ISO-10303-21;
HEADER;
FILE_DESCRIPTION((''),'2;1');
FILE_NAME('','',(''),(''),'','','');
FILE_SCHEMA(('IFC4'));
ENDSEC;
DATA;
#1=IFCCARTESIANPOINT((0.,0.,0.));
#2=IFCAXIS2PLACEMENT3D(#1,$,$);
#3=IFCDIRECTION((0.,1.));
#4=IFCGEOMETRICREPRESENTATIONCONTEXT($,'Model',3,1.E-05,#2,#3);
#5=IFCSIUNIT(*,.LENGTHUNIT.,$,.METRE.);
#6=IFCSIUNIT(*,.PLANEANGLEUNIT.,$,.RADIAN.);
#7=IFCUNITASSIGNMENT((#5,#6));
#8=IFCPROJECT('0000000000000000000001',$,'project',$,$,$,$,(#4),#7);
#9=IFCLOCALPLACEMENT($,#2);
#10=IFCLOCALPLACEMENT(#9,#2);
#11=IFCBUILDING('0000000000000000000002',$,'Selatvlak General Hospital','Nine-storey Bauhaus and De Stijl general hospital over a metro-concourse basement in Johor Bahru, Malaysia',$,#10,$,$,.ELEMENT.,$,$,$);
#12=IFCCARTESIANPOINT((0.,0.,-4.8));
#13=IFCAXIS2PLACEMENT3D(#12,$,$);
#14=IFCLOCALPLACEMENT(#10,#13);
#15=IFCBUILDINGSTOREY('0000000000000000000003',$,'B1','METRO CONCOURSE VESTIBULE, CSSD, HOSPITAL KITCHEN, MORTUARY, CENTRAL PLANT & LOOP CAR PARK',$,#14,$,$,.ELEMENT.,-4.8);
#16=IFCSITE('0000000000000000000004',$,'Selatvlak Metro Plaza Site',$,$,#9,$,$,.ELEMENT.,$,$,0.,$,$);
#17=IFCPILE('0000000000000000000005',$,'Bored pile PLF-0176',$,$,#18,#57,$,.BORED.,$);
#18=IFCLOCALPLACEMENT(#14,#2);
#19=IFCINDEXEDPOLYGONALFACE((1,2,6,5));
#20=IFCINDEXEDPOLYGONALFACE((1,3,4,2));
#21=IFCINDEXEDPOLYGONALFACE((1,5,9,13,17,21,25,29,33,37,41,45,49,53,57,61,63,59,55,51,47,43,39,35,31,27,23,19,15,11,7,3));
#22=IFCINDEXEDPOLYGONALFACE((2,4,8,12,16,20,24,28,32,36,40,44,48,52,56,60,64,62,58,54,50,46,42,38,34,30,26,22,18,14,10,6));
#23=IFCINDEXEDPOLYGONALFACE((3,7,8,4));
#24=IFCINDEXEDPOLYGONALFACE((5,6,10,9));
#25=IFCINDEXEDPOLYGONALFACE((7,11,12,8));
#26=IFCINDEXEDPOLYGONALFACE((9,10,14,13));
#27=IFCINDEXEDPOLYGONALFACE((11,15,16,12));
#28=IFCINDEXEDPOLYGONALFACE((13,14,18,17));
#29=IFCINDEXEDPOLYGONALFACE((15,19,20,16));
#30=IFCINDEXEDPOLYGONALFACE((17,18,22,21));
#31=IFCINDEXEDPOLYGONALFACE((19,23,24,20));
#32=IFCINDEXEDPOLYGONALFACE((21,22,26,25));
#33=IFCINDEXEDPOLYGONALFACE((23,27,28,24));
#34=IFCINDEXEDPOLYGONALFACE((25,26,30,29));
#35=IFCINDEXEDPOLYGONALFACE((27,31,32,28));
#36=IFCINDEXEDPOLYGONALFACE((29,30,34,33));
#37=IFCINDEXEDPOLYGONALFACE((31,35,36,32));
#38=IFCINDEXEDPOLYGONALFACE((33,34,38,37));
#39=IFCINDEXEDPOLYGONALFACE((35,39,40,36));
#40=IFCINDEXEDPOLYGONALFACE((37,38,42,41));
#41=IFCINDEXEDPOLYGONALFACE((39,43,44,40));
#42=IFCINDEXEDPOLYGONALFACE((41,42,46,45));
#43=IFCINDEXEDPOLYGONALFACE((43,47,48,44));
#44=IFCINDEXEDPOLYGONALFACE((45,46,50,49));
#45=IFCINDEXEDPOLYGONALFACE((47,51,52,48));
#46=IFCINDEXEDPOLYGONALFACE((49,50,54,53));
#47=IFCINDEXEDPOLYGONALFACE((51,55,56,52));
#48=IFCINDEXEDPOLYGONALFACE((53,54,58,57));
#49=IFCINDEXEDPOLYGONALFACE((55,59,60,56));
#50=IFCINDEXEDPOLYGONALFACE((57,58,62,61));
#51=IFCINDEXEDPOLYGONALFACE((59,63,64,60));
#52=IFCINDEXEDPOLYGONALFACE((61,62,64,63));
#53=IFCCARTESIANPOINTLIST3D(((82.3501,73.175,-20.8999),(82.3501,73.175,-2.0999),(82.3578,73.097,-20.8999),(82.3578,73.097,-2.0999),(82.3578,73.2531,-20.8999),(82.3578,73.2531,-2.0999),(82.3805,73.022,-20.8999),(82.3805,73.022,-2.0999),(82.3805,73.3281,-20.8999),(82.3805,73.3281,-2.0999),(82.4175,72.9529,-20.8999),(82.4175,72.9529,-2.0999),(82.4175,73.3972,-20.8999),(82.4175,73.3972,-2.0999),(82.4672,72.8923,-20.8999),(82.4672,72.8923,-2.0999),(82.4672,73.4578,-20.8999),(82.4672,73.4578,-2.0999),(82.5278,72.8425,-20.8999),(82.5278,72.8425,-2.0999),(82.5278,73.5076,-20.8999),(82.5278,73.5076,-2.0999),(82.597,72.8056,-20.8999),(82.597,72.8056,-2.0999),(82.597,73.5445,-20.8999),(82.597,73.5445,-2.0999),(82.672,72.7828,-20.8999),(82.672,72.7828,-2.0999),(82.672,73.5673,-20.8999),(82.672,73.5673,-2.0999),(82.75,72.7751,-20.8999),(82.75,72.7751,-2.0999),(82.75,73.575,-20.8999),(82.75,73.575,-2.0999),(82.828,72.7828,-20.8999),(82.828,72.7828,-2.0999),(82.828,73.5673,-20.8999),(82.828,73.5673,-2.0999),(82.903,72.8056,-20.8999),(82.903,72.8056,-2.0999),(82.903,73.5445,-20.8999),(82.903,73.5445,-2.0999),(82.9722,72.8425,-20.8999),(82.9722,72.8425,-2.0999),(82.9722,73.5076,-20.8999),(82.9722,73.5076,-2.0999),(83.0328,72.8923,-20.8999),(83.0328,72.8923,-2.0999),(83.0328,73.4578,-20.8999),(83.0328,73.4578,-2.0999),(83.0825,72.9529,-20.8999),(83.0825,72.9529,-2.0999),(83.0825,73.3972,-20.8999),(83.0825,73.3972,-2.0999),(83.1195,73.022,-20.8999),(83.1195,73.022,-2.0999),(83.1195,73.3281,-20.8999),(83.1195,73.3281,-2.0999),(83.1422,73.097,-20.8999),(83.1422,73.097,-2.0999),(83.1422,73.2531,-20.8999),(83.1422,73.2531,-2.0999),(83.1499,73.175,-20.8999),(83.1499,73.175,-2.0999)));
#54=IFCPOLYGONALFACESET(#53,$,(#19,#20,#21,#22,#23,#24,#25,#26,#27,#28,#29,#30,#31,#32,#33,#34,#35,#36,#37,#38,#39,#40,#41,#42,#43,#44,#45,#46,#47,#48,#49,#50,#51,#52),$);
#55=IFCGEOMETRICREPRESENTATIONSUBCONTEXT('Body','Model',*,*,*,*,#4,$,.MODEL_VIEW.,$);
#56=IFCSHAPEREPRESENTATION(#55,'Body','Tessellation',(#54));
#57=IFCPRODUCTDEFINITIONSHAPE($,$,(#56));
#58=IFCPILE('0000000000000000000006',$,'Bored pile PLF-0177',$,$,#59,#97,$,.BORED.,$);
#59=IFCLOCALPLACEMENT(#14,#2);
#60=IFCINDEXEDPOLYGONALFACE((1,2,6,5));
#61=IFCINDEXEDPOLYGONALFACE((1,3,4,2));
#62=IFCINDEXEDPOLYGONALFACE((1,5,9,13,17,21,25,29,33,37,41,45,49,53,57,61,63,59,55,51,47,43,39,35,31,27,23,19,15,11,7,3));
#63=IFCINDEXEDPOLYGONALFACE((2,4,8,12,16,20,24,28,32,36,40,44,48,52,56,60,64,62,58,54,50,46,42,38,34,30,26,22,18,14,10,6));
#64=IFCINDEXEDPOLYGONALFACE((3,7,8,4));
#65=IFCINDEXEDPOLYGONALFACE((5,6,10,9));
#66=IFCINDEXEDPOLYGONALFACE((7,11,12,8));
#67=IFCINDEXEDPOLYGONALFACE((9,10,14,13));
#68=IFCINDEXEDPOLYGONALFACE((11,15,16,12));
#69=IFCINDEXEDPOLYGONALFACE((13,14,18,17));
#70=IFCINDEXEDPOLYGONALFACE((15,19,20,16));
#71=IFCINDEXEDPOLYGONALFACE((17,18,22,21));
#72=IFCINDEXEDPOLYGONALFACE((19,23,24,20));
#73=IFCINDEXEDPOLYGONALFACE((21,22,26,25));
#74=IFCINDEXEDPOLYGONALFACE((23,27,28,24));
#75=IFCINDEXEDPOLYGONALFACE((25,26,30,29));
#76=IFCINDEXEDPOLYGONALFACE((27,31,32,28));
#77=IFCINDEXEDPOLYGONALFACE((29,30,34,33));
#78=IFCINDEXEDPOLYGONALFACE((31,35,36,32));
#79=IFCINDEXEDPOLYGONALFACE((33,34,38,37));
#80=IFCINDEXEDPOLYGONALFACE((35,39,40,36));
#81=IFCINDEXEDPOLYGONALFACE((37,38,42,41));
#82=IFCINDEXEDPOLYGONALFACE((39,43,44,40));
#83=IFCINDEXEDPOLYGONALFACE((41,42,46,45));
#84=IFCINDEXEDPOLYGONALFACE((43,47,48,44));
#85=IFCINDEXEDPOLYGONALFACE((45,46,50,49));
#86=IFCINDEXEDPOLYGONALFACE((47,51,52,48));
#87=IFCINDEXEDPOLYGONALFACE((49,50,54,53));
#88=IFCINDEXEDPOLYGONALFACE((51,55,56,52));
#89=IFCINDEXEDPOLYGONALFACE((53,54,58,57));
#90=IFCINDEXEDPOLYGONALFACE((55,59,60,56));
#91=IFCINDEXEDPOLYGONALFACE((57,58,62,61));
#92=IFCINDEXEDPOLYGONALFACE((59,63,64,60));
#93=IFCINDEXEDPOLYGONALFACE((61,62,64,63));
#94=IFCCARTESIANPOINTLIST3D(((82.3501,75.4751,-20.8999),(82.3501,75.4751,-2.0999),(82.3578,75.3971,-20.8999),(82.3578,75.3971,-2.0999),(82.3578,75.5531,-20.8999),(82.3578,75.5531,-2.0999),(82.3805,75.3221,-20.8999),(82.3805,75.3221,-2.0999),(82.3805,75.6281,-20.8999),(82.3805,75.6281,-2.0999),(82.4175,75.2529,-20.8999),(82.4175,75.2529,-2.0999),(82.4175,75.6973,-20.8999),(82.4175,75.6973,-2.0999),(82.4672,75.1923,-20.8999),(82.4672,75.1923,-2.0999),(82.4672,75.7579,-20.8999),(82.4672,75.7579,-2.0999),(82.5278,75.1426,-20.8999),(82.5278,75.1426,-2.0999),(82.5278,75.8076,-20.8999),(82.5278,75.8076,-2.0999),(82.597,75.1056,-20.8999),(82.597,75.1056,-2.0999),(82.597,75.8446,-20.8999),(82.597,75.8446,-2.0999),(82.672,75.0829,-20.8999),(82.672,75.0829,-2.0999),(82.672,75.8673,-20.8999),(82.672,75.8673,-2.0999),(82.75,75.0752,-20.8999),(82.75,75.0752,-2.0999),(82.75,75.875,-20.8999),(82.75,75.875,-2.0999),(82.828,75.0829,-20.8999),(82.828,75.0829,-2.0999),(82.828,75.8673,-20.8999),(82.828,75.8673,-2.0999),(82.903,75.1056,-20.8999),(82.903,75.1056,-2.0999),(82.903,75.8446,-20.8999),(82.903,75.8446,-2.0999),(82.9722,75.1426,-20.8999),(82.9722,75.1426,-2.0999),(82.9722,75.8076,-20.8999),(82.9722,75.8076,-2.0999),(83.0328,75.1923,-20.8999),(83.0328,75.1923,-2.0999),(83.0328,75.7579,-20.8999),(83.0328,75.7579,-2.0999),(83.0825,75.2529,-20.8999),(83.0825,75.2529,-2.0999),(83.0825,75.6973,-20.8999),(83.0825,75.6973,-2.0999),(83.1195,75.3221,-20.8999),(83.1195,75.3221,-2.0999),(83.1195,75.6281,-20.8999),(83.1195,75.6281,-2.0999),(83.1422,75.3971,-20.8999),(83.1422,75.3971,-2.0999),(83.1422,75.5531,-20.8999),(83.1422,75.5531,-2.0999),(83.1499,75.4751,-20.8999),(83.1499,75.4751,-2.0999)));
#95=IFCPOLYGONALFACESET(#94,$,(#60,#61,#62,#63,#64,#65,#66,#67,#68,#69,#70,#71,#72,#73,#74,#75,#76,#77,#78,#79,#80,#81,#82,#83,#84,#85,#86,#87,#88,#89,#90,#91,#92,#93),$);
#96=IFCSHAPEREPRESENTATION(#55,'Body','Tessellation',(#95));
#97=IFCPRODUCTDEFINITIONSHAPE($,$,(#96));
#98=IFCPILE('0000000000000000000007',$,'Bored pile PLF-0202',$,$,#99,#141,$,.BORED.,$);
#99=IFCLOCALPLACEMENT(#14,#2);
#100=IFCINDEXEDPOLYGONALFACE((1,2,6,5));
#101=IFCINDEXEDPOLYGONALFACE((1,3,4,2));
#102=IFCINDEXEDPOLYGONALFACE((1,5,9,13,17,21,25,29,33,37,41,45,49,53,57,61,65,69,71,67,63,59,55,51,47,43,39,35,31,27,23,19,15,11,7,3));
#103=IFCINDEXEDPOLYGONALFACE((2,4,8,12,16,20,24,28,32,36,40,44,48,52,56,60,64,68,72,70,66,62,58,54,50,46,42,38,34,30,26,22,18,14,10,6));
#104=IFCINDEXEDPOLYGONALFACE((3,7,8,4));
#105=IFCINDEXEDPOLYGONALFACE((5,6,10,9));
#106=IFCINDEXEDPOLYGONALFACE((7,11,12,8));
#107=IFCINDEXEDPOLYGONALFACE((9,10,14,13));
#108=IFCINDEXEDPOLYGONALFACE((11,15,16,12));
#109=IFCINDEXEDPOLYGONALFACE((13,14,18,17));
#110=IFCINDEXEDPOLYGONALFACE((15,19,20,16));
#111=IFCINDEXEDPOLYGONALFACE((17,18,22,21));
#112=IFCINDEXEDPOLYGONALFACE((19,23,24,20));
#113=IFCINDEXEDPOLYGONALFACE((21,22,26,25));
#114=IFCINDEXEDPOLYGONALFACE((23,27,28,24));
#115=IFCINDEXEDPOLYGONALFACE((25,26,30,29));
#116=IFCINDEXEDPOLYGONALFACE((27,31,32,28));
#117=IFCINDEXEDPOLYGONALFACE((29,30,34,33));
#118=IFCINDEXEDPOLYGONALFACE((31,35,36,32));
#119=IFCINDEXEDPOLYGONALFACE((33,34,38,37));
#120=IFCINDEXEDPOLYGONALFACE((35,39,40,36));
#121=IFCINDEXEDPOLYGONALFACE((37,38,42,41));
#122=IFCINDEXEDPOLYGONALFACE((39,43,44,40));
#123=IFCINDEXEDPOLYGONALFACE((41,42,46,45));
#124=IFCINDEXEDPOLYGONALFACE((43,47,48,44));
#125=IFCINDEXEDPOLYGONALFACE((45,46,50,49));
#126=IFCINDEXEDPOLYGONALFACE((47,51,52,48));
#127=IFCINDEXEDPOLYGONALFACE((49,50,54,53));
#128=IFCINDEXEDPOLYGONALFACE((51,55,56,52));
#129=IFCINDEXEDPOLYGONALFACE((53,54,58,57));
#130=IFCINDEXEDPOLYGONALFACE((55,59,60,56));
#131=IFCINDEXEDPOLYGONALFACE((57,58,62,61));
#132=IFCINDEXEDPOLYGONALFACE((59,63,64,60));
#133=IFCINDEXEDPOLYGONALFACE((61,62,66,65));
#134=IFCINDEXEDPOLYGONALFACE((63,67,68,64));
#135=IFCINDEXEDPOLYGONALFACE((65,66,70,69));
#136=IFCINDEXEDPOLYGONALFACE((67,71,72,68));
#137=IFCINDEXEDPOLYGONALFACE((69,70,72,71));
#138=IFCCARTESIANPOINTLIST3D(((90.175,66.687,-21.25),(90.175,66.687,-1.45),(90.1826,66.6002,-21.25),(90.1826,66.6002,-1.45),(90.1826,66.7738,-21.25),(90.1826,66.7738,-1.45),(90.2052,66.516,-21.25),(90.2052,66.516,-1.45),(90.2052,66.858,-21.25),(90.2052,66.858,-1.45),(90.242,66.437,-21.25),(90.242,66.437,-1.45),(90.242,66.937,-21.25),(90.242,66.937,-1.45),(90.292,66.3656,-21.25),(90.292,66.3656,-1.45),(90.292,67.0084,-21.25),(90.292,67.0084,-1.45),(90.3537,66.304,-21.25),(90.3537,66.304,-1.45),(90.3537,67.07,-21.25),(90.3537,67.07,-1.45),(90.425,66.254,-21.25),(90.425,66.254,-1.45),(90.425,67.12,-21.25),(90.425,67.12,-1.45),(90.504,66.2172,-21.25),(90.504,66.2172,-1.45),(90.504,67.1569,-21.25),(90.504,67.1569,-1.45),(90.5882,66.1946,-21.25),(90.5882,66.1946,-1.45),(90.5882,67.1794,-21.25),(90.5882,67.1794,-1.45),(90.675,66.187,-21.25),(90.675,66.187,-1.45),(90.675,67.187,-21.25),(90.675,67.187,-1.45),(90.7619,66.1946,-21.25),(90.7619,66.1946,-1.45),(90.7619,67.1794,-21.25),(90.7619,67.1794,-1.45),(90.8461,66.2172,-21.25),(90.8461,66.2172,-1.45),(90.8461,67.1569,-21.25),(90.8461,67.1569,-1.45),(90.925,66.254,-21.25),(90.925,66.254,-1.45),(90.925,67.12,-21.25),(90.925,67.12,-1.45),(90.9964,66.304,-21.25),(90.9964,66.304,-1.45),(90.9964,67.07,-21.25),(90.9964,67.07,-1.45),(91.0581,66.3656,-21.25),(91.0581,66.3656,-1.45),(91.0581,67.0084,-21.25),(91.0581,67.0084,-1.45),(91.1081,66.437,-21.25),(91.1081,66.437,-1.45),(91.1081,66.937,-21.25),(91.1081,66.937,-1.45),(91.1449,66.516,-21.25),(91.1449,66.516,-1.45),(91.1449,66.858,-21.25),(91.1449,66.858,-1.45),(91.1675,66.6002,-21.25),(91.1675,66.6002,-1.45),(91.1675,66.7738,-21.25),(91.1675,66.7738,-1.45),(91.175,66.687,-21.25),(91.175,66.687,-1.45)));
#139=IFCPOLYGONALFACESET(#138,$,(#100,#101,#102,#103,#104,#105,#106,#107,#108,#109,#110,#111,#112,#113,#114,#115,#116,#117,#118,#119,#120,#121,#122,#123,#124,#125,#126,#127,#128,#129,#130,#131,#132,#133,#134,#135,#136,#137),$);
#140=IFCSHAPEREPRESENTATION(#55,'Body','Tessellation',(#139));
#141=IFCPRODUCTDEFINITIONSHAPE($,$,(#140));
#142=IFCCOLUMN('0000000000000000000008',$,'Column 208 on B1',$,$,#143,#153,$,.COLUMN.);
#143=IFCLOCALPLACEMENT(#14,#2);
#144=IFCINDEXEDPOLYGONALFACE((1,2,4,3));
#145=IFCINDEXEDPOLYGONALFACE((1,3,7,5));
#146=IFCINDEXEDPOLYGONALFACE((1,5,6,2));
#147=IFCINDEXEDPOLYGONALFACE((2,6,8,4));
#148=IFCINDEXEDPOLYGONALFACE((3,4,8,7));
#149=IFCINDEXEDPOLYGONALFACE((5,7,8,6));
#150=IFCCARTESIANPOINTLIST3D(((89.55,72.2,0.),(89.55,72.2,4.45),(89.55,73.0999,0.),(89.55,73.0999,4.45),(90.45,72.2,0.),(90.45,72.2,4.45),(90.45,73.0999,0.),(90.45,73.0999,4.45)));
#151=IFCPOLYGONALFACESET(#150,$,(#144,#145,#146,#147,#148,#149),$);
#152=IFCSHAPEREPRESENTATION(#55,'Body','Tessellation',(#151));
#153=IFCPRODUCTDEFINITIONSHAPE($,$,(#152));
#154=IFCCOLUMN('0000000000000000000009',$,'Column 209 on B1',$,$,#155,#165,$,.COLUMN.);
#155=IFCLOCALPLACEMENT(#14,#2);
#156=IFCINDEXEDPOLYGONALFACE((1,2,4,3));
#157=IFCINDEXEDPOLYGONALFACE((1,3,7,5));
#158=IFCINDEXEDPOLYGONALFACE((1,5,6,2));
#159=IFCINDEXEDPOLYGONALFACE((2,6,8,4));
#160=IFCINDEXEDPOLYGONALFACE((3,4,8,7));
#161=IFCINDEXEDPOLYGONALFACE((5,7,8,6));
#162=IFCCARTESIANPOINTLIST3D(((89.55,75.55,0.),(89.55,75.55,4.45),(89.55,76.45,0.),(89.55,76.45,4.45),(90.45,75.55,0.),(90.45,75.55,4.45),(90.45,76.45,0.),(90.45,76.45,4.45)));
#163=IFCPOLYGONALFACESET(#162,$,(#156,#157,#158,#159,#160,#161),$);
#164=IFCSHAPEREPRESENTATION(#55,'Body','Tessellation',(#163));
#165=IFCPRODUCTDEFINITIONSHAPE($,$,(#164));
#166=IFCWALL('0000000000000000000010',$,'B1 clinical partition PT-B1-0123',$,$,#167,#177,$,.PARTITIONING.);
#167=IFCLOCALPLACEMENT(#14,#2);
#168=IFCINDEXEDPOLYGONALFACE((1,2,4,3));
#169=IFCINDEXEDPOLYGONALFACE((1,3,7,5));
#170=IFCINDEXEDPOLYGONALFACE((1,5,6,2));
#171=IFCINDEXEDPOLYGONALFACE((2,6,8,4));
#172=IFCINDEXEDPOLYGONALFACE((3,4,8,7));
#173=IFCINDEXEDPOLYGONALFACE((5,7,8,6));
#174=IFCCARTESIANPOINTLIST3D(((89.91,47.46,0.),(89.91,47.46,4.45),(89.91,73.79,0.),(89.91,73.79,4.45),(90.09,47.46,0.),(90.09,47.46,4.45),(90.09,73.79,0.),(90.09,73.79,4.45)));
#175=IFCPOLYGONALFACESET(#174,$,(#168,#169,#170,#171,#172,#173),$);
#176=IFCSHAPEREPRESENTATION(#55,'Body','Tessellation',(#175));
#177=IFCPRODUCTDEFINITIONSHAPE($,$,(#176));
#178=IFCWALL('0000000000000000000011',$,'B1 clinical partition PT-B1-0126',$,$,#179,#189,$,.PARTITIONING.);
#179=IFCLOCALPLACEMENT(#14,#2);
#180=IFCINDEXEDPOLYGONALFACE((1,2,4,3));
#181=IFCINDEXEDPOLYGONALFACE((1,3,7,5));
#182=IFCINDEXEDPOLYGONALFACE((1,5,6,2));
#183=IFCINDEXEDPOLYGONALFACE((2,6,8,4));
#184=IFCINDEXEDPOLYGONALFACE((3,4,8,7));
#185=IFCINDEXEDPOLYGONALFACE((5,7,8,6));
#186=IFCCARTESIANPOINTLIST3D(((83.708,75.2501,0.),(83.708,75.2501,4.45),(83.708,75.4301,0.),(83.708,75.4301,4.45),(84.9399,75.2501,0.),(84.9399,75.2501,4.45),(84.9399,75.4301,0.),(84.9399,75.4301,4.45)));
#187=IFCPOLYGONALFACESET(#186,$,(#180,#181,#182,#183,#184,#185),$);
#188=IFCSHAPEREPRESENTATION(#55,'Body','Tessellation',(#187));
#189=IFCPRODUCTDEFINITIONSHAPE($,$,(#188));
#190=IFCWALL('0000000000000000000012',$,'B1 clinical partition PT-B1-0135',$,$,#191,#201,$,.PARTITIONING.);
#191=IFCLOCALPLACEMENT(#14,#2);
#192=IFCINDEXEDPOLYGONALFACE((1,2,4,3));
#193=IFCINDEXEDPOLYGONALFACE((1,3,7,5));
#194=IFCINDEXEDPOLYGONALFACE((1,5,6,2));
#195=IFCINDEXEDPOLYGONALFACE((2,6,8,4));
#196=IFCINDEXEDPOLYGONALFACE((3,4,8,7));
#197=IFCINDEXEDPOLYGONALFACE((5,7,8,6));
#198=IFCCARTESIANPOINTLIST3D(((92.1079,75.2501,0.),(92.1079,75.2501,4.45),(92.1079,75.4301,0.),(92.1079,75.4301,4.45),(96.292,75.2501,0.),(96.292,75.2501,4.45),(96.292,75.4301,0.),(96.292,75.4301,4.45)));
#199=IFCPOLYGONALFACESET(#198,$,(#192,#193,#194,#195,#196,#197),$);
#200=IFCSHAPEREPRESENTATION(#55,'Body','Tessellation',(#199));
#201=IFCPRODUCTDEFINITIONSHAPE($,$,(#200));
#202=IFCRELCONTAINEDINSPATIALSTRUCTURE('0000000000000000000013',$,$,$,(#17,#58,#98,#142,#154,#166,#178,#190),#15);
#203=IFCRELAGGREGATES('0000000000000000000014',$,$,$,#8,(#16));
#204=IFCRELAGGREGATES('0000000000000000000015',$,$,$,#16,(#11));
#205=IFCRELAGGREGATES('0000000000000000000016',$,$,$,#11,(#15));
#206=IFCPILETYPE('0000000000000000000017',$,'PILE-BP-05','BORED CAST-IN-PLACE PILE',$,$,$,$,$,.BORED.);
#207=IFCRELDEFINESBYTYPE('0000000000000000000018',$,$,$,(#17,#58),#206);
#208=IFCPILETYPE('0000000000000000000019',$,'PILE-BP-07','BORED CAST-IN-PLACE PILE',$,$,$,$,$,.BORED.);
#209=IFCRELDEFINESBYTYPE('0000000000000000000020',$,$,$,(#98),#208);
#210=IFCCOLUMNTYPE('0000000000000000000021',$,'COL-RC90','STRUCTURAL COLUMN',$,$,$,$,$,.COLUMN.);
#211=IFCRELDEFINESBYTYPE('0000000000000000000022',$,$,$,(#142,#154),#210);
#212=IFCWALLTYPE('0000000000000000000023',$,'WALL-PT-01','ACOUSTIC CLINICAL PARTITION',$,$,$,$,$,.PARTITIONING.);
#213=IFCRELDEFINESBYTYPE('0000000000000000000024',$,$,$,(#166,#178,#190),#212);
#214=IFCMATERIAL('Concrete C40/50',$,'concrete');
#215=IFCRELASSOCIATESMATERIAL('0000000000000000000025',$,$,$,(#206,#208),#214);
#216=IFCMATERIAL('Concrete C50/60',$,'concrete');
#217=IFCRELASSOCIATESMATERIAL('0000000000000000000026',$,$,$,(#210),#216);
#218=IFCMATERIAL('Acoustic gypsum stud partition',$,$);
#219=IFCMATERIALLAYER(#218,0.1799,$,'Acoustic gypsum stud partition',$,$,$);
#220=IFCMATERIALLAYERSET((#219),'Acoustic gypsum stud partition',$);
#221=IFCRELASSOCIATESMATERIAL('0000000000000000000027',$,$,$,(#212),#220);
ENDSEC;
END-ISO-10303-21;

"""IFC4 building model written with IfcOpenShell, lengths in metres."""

from ifc_helpers import new_model, si_unit, direction, frame, frame_2d, origin, origin_2d, place, context, subcontext, project, spatial, rectangle, circle, extrude, material, layer, layer_set, material_profile, profile_set, type_object, element, save


model = new_model("IFC4")

# Units and contexts
model_context = context("Model", 3, precision=1e-05, world=origin(), true_north=direction((0.0, 1.0)))
body_context = subcontext(model_context, "Body", "Model", "MODEL_VIEW")
ifc_project = project(units=[si_unit("LENGTHUNIT", "METRE"), si_unit("PLANEANGLEUNIT", "RADIAN")], contexts=[model_context])

# Site, building, storey
site_placement = place(None, origin())
site = spatial("IfcSite", under=ifc_project, at=site_placement, Name="Selatvlak Metro Plaza Site", CompositionType="ELEMENT", RefElevation=0.0)
building_placement = place(site_placement, origin())
building = spatial("IfcBuilding", under=site, at=building_placement, Name="Selatvlak General Hospital", Description="Nine-storey Bauhaus and De Stijl general hospital over a metro-concourse basement in Johor Bahru, Malaysia", CompositionType="ELEMENT")
storey_placement = place(building_placement, frame((0.0, 0.0, -4.8)))
storey = spatial("IfcBuildingStorey", under=building, at=storey_placement, Name="B1", Description="METRO CONCOURSE VESTIBULE, CSSD, HOSPITAL KITCHEN, MORTUARY, CENTRAL PLANT & LOOP CAR PARK", CompositionType="ELEMENT", Elevation=-4.8)

# Shared definitions
ifc_material_1 = material(Name="Concrete C40/50", Category="concrete")

# Piles
ifc_material_profile_1 = material_profile(ifc_material_1, circle(Radius=0.3999, at=origin_2d()), Name="BORED PILE 800")
ifc_profile_set_1 = profile_set([ifc_material_profile_1], Name="Concrete C40/50")
pile_type_1 = type_object("IfcPileType", Name="PILE-BP-05", Description="BORED CAST-IN-PLACE PILE", PredefinedType="BORED", material=ifc_profile_set_1)
for number, where, z_axis, x_axis, name in (
    (1, (82.75, 73.175, -2.0999), (0.0, 0.0, -1.0), (1.0, 0.0, 0.0), "Bored pile PLF-0176"),
    (2, (82.75, 75.4751, -2.0999), (0.0, 0.0, -1.0), (1.0, 0.0, 0.0), "Bored pile PLF-0177"),
):
    element("IfcPile", number, at=place(storey_placement, frame(where, z_axis=z_axis, x_axis=x_axis)), inside=storey, type_object=pile_type_1, Name=name, PredefinedType="BORED", context=body_context, shape_type="SweptSolid", body=[
        extrude(circle(Radius=0.3999, at=origin_2d()), origin(), (0.0, 0.0, 1.0), 18.8),
    ])
ifc_material_profile_2 = material_profile(ifc_material_1, circle(Radius=0.5, at=origin_2d()), Name="BORED PILE 1000")
ifc_profile_set_2 = profile_set([ifc_material_profile_2], Name="Concrete C40/50")
pile_type_2 = type_object("IfcPileType", Name="PILE-BP-07", Description="BORED CAST-IN-PLACE PILE", PredefinedType="BORED", material=ifc_profile_set_2)
pile_placement = place(storey_placement, frame((90.675, 66.687, -1.45), z_axis=(0.0, 0.0, -1.0), x_axis=(1.0, 0.0, 0.0)))
element("IfcPile", 3, at=pile_placement, inside=storey, type_object=pile_type_2, Name="Bored pile PLF-0202", PredefinedType="BORED", context=body_context, shape_type="SweptSolid", body=[
    extrude(circle(Radius=0.5, at=origin_2d()), origin(), (0.0, 0.0, 1.0), 19.8),
])

# Columns
ifc_material_2 = material(Name="Concrete C50/60", Category="concrete")
ifc_material_profile_3 = material_profile(ifc_material_2, rectangle(XDim=0.8999, YDim=0.8999, at=origin_2d()), Name="RC-COL 900x900")
ifc_profile_set_3 = profile_set([ifc_material_profile_3], Name="Concrete C50/60")
column_type_1 = type_object("IfcColumnType", Name="COL-RC90", Description="STRUCTURAL COLUMN", PredefinedType="COLUMN", material=ifc_profile_set_3)
for number, where, z_axis, x_axis, name in (
    (4, (90.0, 72.6499, 0.0), (0.0, 0.0, 1.0), (1.0, 0.0, 0.0), "Column 208 on B1"),
    (5, (90.0, 76.0, 0.0), (0.0, 0.0, 1.0), (1.0, 0.0, 0.0), "Column 209 on B1"),
):
    element("IfcColumn", number, at=place(storey_placement, frame(where, z_axis=z_axis, x_axis=x_axis)), inside=storey, type_object=column_type_1, Name=name, PredefinedType="COLUMN", context=body_context, shape_type="SweptSolid", body=[
        extrude(rectangle(XDim=0.8999, YDim=0.8999, at=origin_2d()), origin(), (0.0, 0.0, 1.0), 4.45),
    ])

# Walls
ifc_material_3 = material(Name="Acoustic gypsum stud partition")
ifc_layer_1 = layer(ifc_material_3, 0.1799, Name="Acoustic gypsum stud partition")
ifc_layer_set_1 = layer_set([ifc_layer_1], Name="Acoustic gypsum stud partition")
wall_type_1 = type_object("IfcWallType", Name="WALL-PT-01", Description="ACOUSTIC CLINICAL PARTITION", PredefinedType="PARTITIONING", material=ifc_layer_set_1)
wall_1_placement = place(storey_placement, frame((90.0, 73.79, 0.0), z_axis=(0.0, 0.0, 1.0), x_axis=(0.0, -1.0, 0.0)))
element("IfcWall", 6, at=wall_1_placement, inside=storey, type_object=wall_type_1, Name="B1 clinical partition PT-B1-0123", PredefinedType="PARTITIONING", context=body_context, shape_type="SweptSolid", body=[
    extrude(rectangle(XDim=26.3301, YDim=0.1799, at=frame_2d((13.165, 0.0))), origin(), (0.0, 0.0, 1.0), 4.45),
])
wall_2_placement = place(storey_placement, frame((83.708, 75.3401, 0.0), z_axis=(0.0, 0.0, 1.0), x_axis=(1.0, 0.0, 0.0)))
element("IfcWall", 7, at=wall_2_placement, inside=storey, type_object=wall_type_1, Name="B1 clinical partition PT-B1-0126", PredefinedType="PARTITIONING", context=body_context, shape_type="SweptSolid", body=[
    extrude(rectangle(XDim=1.2319, YDim=0.1799, at=frame_2d((0.616, 0.0))), origin(), (0.0, 0.0, 1.0), 4.45),
])
wall_3_placement = place(storey_placement, frame((92.1079, 75.3401, 0.0), z_axis=(0.0, 0.0, 1.0), x_axis=(1.0, 0.0, 0.0)))
element("IfcWall", 8, at=wall_3_placement, inside=storey, type_object=wall_type_1, Name="B1 clinical partition PT-B1-0135", PredefinedType="PARTITIONING", context=body_context, shape_type="SweptSolid", body=[
    extrude(rectangle(XDim=4.1841, YDim=0.1799, at=frame_2d((2.092, 0.0))), origin(), (0.0, 0.0, 1.0), 4.45),
])

save(model, "model.ifc")
